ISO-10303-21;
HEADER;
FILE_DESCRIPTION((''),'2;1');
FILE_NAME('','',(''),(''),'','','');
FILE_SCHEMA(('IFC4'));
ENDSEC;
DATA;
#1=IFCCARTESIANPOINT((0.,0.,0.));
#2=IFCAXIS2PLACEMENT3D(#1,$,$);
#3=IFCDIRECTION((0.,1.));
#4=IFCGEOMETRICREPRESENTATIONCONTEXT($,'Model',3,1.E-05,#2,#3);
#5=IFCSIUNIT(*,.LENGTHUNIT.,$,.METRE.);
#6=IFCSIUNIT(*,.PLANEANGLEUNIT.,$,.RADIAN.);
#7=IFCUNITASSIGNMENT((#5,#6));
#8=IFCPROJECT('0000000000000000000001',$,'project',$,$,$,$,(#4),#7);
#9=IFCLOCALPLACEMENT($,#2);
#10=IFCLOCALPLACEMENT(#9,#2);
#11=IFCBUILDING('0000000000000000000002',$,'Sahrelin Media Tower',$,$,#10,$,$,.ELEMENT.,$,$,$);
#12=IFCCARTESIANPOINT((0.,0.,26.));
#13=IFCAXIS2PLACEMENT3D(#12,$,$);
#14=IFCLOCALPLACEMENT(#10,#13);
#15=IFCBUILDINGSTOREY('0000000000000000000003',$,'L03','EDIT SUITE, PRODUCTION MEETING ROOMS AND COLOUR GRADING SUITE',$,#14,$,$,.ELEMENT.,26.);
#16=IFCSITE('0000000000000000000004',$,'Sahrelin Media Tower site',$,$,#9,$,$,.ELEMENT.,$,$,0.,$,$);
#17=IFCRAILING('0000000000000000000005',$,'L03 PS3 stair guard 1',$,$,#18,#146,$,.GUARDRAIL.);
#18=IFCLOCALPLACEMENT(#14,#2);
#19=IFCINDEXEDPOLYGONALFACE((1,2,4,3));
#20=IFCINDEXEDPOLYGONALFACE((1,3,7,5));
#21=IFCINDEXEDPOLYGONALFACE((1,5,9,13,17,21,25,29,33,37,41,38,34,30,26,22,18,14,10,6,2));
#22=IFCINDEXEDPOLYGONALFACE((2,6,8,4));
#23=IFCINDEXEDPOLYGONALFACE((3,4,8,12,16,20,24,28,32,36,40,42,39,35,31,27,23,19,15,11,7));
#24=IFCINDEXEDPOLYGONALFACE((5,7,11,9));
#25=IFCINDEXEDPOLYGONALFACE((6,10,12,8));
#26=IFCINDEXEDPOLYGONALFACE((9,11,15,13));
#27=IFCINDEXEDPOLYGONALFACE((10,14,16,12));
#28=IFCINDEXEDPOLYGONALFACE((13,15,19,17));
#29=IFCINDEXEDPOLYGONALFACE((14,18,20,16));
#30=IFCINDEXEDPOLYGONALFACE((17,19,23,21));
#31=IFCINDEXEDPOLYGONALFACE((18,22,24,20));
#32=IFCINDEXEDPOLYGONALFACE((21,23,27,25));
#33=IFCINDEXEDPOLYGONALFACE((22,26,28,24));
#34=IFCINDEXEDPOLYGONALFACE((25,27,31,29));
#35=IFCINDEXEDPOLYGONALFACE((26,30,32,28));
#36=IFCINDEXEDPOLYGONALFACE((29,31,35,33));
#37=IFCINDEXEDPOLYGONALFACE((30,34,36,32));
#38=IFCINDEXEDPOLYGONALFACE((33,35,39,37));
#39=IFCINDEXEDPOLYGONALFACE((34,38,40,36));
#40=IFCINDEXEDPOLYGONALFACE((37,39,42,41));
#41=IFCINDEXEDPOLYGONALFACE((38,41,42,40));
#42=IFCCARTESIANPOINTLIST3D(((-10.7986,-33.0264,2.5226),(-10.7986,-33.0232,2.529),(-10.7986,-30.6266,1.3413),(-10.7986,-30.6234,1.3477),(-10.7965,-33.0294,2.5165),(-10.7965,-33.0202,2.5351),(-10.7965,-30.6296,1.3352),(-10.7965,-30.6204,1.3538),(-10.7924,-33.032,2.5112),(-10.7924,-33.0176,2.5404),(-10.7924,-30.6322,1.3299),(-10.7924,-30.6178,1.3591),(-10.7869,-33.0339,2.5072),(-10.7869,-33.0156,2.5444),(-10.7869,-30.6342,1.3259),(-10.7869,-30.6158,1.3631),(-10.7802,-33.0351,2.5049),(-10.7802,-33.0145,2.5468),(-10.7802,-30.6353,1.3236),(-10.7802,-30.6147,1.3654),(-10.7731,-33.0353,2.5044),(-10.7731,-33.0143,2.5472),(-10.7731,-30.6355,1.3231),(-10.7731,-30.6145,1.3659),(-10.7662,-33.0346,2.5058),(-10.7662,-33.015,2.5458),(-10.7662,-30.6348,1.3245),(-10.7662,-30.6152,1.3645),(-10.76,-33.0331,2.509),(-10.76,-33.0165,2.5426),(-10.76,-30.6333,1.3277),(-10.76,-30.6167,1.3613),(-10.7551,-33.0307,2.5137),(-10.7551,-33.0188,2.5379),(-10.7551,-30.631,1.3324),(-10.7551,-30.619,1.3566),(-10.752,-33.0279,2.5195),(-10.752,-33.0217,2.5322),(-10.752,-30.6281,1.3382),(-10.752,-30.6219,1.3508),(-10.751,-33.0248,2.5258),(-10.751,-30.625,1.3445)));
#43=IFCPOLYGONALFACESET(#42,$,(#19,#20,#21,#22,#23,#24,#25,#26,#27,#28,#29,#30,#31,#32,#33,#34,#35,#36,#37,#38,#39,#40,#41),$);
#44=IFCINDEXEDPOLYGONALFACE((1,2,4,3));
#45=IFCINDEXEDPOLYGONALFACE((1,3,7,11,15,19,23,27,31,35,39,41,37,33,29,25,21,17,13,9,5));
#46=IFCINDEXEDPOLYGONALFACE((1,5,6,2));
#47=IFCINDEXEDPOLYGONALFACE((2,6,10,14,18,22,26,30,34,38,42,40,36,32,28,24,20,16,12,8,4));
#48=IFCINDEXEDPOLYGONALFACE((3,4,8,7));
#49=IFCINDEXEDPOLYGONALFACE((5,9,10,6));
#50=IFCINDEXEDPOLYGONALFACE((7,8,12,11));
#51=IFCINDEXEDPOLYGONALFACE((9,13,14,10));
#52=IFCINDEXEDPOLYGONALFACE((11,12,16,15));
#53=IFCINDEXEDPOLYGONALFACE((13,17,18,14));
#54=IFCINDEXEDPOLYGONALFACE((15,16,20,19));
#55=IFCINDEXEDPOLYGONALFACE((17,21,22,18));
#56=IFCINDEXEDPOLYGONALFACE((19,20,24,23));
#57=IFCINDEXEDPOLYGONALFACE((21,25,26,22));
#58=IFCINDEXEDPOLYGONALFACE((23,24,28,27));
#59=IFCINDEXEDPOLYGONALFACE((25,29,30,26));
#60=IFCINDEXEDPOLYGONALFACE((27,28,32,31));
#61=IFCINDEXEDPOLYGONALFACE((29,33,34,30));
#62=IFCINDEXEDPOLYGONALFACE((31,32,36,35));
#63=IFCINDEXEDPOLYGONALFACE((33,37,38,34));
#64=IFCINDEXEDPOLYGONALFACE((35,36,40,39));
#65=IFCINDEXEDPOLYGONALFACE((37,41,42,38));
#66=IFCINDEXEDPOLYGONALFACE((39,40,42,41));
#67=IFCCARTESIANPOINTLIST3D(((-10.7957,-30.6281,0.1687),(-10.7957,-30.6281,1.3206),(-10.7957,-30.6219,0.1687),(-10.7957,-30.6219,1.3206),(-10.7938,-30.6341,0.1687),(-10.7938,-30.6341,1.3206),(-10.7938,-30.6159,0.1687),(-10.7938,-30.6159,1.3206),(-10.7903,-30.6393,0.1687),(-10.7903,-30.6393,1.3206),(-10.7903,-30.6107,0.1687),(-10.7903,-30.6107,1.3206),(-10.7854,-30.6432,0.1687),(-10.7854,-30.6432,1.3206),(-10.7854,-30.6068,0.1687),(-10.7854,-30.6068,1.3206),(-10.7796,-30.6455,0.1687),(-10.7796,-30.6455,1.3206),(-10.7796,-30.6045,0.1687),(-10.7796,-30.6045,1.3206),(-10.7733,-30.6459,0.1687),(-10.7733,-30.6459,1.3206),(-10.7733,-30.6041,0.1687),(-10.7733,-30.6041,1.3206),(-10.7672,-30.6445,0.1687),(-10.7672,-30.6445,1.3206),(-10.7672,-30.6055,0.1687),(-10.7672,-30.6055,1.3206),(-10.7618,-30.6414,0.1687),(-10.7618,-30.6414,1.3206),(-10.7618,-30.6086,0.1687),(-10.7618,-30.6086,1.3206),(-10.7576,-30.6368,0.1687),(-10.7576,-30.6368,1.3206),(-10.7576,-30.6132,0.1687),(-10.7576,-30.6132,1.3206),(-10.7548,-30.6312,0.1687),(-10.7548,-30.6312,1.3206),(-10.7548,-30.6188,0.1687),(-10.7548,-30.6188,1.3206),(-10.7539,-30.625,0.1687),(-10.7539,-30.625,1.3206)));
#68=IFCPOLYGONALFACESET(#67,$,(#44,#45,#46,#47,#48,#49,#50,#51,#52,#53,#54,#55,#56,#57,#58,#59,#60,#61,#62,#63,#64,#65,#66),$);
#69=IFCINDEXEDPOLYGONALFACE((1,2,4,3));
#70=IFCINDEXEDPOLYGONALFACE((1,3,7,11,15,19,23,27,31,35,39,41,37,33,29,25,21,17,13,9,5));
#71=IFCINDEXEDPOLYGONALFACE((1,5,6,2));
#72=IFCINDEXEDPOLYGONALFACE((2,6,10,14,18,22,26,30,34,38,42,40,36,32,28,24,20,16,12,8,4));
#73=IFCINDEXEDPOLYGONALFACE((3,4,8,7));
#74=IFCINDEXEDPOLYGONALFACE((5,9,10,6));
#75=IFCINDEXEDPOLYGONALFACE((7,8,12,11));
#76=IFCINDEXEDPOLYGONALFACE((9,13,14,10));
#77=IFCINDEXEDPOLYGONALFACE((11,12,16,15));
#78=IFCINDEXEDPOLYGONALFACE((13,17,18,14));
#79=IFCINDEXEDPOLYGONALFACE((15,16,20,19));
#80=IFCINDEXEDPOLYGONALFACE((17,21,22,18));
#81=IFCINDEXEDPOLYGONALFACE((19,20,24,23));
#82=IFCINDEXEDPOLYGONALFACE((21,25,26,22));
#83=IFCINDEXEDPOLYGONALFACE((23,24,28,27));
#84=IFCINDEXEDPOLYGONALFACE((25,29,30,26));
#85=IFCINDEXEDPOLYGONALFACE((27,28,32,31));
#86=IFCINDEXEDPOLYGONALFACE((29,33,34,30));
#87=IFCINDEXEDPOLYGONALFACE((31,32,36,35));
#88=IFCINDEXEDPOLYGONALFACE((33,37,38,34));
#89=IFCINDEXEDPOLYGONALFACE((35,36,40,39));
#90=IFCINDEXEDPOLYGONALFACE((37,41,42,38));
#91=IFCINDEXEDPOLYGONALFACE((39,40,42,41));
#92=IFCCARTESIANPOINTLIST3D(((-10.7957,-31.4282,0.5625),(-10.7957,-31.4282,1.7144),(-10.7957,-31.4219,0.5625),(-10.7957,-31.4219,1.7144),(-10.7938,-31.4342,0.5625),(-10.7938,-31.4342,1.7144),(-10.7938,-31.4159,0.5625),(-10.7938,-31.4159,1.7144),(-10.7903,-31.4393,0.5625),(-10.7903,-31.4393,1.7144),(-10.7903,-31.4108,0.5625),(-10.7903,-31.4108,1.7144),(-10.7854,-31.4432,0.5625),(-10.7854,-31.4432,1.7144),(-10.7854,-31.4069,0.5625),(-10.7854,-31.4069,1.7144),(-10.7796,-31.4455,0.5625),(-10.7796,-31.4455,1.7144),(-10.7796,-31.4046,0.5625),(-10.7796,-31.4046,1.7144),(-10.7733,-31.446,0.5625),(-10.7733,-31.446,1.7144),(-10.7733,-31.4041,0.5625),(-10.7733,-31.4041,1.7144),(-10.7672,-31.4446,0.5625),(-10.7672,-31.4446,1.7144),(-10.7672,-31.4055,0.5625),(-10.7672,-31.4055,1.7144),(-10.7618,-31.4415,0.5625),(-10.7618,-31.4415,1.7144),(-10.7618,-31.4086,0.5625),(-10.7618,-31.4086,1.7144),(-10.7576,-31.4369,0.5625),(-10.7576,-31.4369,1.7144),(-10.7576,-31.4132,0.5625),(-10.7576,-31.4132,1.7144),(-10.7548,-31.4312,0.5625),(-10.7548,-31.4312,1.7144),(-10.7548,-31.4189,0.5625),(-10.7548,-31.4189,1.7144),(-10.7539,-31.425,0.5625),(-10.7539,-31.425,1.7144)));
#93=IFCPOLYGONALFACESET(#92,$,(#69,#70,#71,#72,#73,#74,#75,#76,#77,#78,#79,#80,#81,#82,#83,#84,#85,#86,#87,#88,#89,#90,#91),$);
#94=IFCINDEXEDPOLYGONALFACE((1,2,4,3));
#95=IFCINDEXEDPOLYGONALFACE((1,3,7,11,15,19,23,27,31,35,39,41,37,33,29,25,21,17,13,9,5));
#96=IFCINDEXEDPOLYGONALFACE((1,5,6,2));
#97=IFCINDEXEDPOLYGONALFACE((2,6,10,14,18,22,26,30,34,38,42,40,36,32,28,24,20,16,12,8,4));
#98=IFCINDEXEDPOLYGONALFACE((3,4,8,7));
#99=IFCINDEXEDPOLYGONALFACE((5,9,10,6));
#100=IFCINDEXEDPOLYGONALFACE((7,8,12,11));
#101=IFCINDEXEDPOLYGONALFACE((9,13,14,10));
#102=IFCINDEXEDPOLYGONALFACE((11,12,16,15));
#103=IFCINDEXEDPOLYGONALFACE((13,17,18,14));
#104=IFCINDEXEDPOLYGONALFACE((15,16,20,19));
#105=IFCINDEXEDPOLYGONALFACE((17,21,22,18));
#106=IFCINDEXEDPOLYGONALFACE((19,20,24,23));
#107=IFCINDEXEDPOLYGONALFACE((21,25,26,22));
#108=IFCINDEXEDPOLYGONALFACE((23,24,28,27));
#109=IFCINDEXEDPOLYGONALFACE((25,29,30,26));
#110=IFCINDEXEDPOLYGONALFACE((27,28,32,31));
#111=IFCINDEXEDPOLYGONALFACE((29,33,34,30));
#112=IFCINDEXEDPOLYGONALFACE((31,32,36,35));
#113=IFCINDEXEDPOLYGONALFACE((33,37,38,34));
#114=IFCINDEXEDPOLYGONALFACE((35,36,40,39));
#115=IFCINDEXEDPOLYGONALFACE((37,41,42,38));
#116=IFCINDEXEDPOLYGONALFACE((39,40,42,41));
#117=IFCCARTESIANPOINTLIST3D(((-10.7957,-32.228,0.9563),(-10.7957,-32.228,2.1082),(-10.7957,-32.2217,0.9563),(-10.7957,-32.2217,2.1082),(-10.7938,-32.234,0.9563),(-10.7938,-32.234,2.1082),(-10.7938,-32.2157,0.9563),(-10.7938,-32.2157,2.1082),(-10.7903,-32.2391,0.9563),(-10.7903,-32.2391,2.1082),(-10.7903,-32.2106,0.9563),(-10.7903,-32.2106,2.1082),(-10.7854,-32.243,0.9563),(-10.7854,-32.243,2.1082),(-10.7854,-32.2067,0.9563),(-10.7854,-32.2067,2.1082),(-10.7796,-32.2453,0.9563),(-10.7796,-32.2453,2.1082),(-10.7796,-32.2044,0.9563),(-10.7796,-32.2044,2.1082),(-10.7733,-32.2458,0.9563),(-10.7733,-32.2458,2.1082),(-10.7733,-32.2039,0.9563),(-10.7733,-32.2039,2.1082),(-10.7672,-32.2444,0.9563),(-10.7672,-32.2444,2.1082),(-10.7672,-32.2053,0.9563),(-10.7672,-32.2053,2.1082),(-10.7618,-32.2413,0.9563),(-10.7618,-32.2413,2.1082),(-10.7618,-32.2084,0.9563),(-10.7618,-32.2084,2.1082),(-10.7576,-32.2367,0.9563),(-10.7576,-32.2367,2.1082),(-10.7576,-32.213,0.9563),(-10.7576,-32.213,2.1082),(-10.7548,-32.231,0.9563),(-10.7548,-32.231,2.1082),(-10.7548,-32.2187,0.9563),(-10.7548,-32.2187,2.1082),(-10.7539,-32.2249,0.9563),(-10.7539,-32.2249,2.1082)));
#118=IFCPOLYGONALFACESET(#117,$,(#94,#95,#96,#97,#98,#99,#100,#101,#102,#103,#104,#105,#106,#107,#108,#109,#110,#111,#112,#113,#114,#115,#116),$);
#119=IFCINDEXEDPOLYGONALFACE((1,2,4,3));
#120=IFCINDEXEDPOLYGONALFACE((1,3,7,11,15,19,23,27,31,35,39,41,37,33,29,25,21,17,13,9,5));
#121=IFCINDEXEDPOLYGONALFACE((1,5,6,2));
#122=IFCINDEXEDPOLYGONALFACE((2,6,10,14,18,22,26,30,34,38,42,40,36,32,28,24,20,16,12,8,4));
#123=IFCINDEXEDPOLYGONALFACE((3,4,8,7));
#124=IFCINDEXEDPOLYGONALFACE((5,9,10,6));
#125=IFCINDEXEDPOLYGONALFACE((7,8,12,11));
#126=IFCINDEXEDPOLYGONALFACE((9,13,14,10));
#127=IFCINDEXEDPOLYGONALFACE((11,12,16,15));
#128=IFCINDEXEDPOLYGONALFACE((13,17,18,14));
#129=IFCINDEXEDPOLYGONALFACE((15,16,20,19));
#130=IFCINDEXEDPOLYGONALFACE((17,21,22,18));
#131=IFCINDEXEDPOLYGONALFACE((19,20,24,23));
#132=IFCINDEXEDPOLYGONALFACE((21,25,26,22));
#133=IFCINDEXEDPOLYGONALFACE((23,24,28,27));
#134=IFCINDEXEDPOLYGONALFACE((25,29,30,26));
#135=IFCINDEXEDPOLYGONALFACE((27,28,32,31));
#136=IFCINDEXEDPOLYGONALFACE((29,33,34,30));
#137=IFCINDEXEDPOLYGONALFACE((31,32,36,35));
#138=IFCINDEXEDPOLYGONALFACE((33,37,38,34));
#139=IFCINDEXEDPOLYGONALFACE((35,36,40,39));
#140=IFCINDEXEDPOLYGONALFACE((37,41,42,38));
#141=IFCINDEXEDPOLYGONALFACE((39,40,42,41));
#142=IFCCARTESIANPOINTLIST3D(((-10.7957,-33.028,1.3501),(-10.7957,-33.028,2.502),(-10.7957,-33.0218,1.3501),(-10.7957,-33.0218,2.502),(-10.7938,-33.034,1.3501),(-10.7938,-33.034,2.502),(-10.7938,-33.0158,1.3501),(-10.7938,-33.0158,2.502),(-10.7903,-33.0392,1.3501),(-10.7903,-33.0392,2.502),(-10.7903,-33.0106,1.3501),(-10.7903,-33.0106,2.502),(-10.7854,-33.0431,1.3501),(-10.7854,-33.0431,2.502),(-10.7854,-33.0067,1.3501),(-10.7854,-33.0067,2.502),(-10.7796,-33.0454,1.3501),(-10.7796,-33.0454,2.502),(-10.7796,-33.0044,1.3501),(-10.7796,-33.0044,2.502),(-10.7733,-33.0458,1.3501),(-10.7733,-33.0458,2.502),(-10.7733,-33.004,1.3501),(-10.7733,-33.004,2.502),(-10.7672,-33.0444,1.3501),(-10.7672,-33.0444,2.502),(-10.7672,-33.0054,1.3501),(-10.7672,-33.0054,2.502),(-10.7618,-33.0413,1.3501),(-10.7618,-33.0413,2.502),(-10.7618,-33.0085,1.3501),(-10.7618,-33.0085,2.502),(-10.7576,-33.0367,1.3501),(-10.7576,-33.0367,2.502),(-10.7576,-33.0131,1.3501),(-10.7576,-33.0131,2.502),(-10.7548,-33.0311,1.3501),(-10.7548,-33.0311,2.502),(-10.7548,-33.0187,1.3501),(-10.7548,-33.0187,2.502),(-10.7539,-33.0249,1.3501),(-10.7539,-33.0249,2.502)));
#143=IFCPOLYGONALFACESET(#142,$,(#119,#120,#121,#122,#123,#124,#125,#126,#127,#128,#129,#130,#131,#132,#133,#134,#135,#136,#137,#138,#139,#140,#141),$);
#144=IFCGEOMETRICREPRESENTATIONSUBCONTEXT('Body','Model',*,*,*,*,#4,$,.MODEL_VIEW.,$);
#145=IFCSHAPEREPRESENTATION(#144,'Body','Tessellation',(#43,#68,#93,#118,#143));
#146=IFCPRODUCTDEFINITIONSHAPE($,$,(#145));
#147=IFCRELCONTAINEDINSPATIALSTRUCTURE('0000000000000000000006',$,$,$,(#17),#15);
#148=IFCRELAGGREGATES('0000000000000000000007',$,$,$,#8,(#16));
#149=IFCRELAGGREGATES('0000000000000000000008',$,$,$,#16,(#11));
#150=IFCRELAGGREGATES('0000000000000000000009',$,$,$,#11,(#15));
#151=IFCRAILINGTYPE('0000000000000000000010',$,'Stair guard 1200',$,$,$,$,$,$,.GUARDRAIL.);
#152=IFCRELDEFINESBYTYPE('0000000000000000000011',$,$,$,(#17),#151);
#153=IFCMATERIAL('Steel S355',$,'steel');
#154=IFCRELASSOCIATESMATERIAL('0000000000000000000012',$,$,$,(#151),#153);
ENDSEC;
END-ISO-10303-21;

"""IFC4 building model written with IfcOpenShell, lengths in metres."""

from ifc_helpers import new_model, si_unit, direction, frame, origin, origin_2d, place, context, subcontext, project, spatial, circle, extrude, material, type_object, element, save


model = new_model("IFC4")

# Units and contexts
model_context = context("Model", 3, precision=1e-05, world=origin(), true_north=direction((0.0, 1.0)))
body_context = subcontext(model_context, "Body", "Model", "MODEL_VIEW")
ifc_project = project(units=[si_unit("LENGTHUNIT", "METRE"), si_unit("PLANEANGLEUNIT", "RADIAN")], contexts=[model_context])

# Site, building, storey
site_placement = place(None, origin())
site = spatial("IfcSite", under=ifc_project, at=site_placement, Name="Sahrelin Media Tower site", CompositionType="ELEMENT", RefElevation=0.0)
building_placement = place(site_placement, origin())
building = spatial("IfcBuilding", under=site, at=building_placement, Name="Sahrelin Media Tower", CompositionType="ELEMENT")
storey_placement = place(building_placement, frame((0.0, 0.0, 26.0)))
storey = spatial("IfcBuildingStorey", under=building, at=storey_placement, Name="L03", Description="EDIT SUITE, PRODUCTION MEETING ROOMS AND COLOUR GRADING SUITE", CompositionType="ELEMENT", Elevation=26.0)

# Shared definitions
ifc_material_1 = material(Name="Steel S355", Category="steel")

# Railing
railing_type_1 = type_object("IfcRailingType", Name="Stair guard 1200", PredefinedType="GUARDRAIL", material=ifc_material_1)
railing_1_placement = place(storey_placement, frame((-10.7749, -30.625, 0.1687)))
element("IfcRailing", 1, at=railing_1_placement, inside=storey, type_object=railing_type_1, Name="L03 PS3 stair guard 1", PredefinedType="GUARDRAIL", context=body_context, shape_type="SweptSolid", body=[
    extrude(circle(Radius=0.0239, at=origin_2d()), frame((0.0, 0.0, 1.1758), z_axis=(0.0, -0.897185, 0.441656), x_axis=(1.0, 0.0, 0.0)), (0.0, 0.0, 1.0), 2.6748),
    extrude(circle(Radius=0.021, at=origin_2d()), origin(), (0.0, 0.0, 1.0), 1.1519),
    extrude(circle(Radius=0.021, at=origin_2d()), frame((0.0, -0.8, 0.3938)), (0.0, 0.0, 1.0), 1.1519),
    extrude(circle(Radius=0.021, at=origin_2d()), frame((0.0, -1.5999, 0.7876)), (0.0, 0.0, 1.0), 1.1519),
    extrude(circle(Radius=0.021, at=origin_2d()), frame((0.0, -2.3999, 1.1814)), (0.0, 0.0, 1.0), 1.1519),
])

save(model, "model.ifc")
